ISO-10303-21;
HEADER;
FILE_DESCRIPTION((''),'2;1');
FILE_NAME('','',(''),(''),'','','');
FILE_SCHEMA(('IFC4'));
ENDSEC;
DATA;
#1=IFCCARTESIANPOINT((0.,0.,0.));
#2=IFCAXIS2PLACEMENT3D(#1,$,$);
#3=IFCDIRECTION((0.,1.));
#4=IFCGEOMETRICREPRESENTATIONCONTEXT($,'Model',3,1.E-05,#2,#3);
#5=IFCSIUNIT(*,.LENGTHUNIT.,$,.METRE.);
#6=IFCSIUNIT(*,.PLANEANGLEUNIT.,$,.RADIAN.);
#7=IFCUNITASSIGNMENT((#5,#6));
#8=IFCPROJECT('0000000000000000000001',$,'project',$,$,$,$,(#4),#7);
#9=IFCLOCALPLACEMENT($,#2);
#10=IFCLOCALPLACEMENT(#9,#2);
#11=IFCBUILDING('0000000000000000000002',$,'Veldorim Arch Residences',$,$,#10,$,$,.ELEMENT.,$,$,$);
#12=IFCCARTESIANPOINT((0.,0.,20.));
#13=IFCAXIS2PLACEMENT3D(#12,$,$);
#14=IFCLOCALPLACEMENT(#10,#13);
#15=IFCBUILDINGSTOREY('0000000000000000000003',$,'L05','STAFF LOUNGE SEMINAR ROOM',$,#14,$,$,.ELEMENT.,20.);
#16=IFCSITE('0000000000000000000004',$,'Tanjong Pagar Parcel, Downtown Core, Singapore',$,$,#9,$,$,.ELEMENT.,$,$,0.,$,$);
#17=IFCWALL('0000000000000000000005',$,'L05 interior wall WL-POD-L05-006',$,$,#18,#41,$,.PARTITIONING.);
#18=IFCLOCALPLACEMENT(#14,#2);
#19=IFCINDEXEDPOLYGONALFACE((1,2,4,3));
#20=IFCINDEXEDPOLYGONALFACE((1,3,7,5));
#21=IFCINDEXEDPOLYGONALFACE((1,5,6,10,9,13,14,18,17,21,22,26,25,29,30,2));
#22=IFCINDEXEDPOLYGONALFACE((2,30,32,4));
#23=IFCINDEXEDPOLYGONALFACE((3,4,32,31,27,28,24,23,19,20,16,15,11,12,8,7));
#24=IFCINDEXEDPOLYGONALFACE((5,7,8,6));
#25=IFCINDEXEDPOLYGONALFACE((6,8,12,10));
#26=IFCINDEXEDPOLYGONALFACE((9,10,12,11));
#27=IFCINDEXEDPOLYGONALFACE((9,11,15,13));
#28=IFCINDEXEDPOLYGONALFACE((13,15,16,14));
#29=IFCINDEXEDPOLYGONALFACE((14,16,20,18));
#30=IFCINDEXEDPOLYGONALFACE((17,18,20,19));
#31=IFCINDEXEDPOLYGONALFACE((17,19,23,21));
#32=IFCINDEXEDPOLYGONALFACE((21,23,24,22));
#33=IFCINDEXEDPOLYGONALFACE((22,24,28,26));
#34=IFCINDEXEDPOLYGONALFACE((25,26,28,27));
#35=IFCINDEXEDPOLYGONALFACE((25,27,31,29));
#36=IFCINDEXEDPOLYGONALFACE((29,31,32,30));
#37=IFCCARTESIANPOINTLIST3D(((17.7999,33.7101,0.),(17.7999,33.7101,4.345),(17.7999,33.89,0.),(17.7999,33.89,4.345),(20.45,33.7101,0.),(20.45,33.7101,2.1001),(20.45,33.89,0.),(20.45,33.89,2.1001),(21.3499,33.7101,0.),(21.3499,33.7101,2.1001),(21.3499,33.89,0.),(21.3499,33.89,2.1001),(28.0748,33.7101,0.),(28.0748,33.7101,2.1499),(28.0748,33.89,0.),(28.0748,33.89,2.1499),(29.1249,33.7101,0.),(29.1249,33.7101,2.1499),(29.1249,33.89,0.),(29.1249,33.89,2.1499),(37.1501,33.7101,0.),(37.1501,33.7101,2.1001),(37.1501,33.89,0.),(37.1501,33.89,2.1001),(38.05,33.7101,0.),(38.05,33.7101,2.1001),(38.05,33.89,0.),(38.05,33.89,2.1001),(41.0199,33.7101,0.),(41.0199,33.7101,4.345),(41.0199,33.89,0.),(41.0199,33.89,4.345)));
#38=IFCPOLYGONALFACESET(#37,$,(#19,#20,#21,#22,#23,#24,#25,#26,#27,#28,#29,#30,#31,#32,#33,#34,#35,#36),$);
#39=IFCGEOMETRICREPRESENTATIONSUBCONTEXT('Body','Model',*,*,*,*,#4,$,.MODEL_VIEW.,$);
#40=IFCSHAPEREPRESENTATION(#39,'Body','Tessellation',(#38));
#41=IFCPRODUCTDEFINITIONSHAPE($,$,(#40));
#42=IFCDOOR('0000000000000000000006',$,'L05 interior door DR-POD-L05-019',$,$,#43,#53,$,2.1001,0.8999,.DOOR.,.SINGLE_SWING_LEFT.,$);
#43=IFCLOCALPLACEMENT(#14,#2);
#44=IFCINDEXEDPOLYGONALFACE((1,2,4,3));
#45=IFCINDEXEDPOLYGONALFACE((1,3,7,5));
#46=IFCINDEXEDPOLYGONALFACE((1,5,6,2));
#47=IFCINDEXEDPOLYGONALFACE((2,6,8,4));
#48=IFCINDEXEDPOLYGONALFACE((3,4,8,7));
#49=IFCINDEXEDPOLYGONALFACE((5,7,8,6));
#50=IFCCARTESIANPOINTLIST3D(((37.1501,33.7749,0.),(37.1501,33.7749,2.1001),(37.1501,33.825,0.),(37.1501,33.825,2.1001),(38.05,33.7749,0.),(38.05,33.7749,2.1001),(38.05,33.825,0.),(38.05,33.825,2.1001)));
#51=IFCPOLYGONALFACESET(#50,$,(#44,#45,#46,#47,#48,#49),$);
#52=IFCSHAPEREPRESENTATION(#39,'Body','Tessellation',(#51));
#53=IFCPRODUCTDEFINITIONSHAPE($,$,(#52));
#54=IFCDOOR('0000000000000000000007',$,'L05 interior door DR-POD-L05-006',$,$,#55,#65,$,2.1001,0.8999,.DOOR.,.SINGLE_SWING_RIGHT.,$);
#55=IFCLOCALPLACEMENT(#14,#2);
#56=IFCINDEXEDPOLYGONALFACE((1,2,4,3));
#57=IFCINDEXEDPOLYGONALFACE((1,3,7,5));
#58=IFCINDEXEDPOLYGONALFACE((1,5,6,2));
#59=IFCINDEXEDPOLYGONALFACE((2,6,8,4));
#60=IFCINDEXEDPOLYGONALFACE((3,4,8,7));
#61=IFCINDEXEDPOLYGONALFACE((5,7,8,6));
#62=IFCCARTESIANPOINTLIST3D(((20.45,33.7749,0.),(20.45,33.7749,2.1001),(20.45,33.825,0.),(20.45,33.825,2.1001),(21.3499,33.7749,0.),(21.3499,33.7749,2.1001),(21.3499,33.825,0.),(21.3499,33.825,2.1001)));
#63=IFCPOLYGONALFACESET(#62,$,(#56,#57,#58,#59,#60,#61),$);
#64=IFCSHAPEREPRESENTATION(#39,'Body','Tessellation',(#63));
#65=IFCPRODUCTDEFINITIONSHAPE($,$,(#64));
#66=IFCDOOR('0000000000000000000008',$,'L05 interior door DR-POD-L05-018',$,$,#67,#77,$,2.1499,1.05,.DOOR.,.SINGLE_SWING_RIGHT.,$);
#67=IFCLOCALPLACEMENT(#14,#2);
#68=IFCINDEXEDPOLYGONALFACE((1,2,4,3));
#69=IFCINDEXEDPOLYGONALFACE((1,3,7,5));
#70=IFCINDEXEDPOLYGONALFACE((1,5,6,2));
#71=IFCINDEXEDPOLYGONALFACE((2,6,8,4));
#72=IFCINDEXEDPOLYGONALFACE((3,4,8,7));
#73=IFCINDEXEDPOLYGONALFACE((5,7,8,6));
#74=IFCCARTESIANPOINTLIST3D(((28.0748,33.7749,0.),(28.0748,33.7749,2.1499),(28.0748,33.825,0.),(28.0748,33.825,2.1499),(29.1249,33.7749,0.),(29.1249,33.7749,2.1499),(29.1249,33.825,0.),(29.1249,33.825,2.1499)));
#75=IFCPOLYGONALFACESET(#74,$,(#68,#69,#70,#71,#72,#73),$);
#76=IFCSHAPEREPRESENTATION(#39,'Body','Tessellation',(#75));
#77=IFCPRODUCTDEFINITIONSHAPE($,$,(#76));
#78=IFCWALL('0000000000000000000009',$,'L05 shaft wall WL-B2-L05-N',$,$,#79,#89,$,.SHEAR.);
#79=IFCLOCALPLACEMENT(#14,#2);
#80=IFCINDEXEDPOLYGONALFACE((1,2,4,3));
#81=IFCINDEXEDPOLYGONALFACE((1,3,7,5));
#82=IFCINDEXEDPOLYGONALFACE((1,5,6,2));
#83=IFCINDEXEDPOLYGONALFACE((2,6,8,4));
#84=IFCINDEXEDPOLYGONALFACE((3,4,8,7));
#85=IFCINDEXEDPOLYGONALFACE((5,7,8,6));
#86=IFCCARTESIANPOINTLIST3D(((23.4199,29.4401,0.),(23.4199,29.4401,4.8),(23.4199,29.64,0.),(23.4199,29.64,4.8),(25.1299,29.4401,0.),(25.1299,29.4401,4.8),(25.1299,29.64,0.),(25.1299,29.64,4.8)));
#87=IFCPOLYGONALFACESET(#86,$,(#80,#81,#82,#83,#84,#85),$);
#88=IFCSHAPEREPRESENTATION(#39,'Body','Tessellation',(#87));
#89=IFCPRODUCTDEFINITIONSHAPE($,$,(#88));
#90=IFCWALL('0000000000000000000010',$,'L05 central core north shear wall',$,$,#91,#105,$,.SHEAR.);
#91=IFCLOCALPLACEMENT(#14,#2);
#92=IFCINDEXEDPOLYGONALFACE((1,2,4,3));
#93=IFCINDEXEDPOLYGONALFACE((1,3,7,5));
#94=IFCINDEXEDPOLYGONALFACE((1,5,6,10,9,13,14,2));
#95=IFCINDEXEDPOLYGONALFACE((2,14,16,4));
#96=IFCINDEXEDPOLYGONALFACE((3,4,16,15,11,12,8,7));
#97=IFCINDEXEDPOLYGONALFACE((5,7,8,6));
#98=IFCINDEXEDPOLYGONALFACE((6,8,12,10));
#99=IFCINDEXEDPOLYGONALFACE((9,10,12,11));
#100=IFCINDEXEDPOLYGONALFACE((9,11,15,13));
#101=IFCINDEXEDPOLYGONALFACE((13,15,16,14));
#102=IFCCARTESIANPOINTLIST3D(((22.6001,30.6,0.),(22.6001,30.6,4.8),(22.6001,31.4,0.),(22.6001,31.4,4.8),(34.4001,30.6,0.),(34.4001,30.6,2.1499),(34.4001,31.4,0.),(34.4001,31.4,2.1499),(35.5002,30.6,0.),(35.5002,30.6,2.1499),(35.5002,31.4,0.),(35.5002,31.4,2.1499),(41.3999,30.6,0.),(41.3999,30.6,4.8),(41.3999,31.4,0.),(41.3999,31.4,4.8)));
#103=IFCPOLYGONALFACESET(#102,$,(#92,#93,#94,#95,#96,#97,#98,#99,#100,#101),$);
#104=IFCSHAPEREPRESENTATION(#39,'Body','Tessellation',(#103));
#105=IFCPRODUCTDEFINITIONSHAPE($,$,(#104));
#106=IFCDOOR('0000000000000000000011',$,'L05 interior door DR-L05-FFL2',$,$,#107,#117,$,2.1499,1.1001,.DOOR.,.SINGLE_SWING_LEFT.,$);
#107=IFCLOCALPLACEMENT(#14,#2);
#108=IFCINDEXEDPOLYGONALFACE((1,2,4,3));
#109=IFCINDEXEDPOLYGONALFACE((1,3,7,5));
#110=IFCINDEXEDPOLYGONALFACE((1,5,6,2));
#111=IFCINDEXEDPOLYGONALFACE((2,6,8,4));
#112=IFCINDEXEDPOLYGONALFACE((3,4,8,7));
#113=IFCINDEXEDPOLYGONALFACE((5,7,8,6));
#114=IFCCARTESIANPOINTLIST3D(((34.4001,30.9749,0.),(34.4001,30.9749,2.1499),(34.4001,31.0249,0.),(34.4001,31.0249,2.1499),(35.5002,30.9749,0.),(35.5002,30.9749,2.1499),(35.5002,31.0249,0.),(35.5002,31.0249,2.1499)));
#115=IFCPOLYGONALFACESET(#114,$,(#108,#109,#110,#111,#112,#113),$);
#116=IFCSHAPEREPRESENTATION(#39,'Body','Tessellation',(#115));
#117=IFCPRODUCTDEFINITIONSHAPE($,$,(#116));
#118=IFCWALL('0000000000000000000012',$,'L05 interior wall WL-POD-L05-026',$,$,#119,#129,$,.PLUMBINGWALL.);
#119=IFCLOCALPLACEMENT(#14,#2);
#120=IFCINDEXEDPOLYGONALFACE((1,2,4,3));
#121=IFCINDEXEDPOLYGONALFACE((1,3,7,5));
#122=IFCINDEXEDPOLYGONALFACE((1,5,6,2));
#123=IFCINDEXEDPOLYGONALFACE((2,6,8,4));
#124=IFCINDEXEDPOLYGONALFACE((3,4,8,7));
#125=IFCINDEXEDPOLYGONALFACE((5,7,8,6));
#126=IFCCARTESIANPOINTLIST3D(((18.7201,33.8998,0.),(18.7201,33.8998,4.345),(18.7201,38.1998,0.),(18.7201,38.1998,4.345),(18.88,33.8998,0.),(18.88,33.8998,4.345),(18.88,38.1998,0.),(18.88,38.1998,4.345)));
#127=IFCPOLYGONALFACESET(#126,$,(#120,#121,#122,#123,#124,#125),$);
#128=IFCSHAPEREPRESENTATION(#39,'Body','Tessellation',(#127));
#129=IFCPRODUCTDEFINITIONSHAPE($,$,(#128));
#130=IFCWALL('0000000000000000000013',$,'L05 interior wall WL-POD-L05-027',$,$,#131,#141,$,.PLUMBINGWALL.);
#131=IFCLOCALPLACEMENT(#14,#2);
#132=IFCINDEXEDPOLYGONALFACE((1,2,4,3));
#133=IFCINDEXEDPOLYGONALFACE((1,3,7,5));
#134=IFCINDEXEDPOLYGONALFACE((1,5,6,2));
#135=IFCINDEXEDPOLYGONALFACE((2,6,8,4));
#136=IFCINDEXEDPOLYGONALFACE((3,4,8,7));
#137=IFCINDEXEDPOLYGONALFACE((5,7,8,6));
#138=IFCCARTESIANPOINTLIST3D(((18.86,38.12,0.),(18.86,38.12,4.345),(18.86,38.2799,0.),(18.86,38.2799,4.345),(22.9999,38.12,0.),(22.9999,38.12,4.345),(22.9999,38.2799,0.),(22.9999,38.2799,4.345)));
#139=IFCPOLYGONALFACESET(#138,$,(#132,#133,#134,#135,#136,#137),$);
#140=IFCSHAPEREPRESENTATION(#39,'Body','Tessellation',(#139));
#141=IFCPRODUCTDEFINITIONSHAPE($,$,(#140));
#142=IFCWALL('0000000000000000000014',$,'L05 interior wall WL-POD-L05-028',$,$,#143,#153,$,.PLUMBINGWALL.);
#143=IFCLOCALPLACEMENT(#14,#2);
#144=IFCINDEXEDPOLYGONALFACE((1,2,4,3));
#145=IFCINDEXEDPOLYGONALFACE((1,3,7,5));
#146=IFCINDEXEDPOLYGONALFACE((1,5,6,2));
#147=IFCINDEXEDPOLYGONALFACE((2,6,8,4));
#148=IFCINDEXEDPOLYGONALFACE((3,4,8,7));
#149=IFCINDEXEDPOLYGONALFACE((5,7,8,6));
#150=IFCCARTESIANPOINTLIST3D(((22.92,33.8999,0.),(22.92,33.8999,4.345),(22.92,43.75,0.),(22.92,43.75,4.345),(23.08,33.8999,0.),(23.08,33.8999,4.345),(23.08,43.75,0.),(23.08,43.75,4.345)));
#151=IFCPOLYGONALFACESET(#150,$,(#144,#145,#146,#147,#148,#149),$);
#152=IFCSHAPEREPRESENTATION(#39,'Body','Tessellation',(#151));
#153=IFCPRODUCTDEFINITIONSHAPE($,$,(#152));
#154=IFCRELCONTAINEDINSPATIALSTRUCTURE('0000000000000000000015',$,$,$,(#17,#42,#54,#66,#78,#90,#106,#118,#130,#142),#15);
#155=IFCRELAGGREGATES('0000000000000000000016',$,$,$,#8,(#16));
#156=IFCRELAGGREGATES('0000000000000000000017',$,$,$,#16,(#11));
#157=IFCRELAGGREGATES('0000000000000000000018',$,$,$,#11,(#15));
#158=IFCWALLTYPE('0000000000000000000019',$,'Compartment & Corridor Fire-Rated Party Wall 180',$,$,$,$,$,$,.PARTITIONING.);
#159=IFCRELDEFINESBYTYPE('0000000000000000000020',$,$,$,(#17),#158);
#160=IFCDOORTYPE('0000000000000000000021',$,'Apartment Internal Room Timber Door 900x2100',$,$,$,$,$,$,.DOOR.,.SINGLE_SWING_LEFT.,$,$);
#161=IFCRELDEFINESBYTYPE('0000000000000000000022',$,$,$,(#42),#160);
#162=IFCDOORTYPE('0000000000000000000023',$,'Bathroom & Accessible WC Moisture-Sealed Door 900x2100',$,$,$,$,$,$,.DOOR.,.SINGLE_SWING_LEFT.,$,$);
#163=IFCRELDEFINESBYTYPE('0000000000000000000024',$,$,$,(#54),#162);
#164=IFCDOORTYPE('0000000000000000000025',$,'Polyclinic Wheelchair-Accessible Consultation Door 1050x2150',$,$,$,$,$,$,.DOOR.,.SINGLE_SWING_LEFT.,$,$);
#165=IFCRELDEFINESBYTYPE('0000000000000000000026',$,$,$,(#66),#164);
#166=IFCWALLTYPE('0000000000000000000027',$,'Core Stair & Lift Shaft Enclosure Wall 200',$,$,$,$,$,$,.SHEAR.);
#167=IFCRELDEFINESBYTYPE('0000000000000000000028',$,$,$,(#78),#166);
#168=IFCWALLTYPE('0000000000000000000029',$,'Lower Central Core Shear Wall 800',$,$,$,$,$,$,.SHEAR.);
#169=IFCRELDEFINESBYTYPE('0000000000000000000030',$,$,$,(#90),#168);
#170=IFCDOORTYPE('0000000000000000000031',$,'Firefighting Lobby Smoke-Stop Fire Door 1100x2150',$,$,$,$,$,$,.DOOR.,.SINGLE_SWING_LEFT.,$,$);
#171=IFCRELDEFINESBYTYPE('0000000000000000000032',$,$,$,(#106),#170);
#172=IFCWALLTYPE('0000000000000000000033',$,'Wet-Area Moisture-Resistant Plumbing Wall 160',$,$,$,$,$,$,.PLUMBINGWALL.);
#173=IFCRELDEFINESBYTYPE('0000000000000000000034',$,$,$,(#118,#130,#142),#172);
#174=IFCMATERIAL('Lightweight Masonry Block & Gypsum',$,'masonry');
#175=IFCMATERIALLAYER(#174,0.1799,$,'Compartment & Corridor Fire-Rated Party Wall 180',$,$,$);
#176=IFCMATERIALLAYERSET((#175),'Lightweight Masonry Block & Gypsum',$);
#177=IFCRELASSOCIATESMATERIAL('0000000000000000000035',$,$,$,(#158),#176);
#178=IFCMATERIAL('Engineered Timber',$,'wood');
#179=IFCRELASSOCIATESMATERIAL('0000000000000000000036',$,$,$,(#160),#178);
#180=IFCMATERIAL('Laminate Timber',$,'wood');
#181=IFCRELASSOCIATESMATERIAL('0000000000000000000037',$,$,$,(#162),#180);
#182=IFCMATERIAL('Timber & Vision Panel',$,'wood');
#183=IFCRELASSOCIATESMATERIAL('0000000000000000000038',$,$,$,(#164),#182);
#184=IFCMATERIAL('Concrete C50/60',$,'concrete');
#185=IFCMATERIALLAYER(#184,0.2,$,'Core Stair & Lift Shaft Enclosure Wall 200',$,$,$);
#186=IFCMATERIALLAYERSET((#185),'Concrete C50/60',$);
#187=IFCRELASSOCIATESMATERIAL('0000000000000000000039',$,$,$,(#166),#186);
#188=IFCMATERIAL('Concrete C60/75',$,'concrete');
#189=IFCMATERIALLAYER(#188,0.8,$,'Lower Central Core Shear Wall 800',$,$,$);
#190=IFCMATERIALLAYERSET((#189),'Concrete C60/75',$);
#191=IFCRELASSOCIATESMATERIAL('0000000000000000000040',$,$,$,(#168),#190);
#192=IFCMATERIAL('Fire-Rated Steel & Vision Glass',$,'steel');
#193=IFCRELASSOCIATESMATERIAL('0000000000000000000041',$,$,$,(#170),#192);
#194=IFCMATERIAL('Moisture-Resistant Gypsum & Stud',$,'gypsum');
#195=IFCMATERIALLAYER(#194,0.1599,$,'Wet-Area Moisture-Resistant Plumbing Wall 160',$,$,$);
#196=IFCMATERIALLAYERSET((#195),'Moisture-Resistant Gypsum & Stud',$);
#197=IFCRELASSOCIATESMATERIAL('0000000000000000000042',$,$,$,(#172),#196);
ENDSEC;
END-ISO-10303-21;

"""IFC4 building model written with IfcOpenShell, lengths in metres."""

from ifc_helpers import new_model, si_unit, direction, frame, frame_2d, origin, place, context, subcontext, project, spatial, rectangle, extrude, material, layer, layer_set, type_object, element, fill, save


model = new_model("IFC4")

# Units and contexts
model_context = context("Model", 3, precision=1e-05, world=origin(), true_north=direction((0.0, 1.0)))
body_context = subcontext(model_context, "Body", "Model", "MODEL_VIEW")
ifc_project = project(units=[si_unit("LENGTHUNIT", "METRE"), si_unit("PLANEANGLEUNIT", "RADIAN")], contexts=[model_context])

# Site, building, storey
site_placement = place(None, origin())
site = spatial("IfcSite", under=ifc_project, at=site_placement, Name="Tanjong Pagar Parcel, Downtown Core, Singapore", CompositionType="ELEMENT", RefElevation=0.0)
building_placement = place(site_placement, origin())
building = spatial("IfcBuilding", under=site, at=building_placement, Name="Veldorim Arch Residences", CompositionType="ELEMENT")
storey_placement = place(building_placement, frame((0.0, 0.0, 20.0)))
storey = spatial("IfcBuildingStorey", under=building, at=storey_placement, Name="L05", Description="STAFF LOUNGE SEMINAR ROOM", CompositionType="ELEMENT", Elevation=20.0)

# Wall, openings, doors
ifc_material_1 = material(Name="Lightweight Masonry Block & Gypsum", Category="masonry")
ifc_layer_1 = layer(ifc_material_1, 0.1799, Name="Compartment & Corridor Fire-Rated Party Wall 180")
ifc_layer_set_1 = layer_set([ifc_layer_1], Name="Lightweight Masonry Block & Gypsum")
wall_type_1 = type_object("IfcWallType", Name="Compartment & Corridor Fire-Rated Party Wall 180", PredefinedType="PARTITIONING", material=ifc_layer_set_1)
wall_1_placement = place(storey_placement, frame((17.8, 33.8, 0.0), z_axis=(0.0, 0.0, 1.0), x_axis=(1.0, 0.0, 0.0)))
wall_1 = element("IfcWall", 1, at=wall_1_placement, inside=storey, type_object=wall_type_1, Name="L05 interior wall WL-POD-L05-006", PredefinedType="PARTITIONING", context=body_context, shape_type="SweptSolid", body=[
    extrude(rectangle(XDim=23.22, YDim=0.1799, at=frame_2d((11.6099, 0.0))), origin(), (0.0, 0.0, 1.0), 4.345),
])
opening_1_placement = place(wall_1_placement, frame((2.6499, 0.0, 0.0)))
opening_1 = element("IfcOpeningElement", 2, at=opening_1_placement, cuts=wall_1, PredefinedType="OPENING", context=body_context, shape_type="SweptSolid", body=[
    extrude(rectangle(XDim=0.8999, YDim=2.1001, at=frame_2d((0.45, 1.05))), frame((0.0, 0.0999, 0.0), z_axis=(0.0, -1.0, 0.0), x_axis=(1.0, 0.0, 0.0)), (0.0, 0.0, 1.0), 0.2),
])
opening_2_placement = place(wall_1_placement, frame((10.2749, 0.0, 0.0)))
opening_2 = element("IfcOpeningElement", 3, at=opening_2_placement, cuts=wall_1, PredefinedType="OPENING", context=body_context, shape_type="SweptSolid", body=[
    extrude(rectangle(XDim=1.05, YDim=2.1499, at=frame_2d((0.5249, 1.075))), frame((0.0, 0.0999, 0.0), z_axis=(0.0, -1.0, 0.0), x_axis=(1.0, 0.0, 0.0)), (0.0, 0.0, 1.0), 0.2),
])
opening_3_placement = place(wall_1_placement, frame((19.3501, 0.0, 0.0)))
opening_3 = element("IfcOpeningElement", 4, at=opening_3_placement, cuts=wall_1, PredefinedType="OPENING", context=body_context, shape_type="SweptSolid", body=[
    extrude(rectangle(XDim=0.8999, YDim=2.1001, at=frame_2d((0.45, 1.05))), frame((0.0, 0.0999, 0.0), z_axis=(0.0, -1.0, 0.0), x_axis=(1.0, 0.0, 0.0)), (0.0, 0.0, 1.0), 0.2),
])
ifc_material_2 = material(Name="Engineered Timber", Category="wood")
door_type_1 = type_object("IfcDoorType", Name="Apartment Internal Room Timber Door 900x2100", OperationType="SINGLE_SWING_LEFT", PredefinedType="DOOR", material=ifc_material_2)
door_1_placement = place(opening_3_placement, origin())
door_1 = element("IfcDoor", 5, at=door_1_placement, inside=storey, type_object=door_type_1, Name="L05 interior door DR-POD-L05-019", OperationType="SINGLE_SWING_LEFT", OverallHeight=2.1001, OverallWidth=0.8999, PredefinedType="DOOR", context=body_context, shape_type="SweptSolid", body=[
    extrude(rectangle(XDim=0.8999, YDim=2.1001, at=frame_2d((0.45, 1.05))), frame((0.0, 0.0249, 0.0), z_axis=(0.0, -1.0, 0.0), x_axis=(1.0, 0.0, 0.0)), (0.0, 0.0, 1.0), 0.05),
])
fill(opening_3, door_1)
ifc_material_3 = material(Name="Laminate Timber", Category="wood")
door_type_2 = type_object("IfcDoorType", Name="Bathroom & Accessible WC Moisture-Sealed Door 900x2100", OperationType="SINGLE_SWING_LEFT", PredefinedType="DOOR", material=ifc_material_3)
door_2_placement = place(opening_1_placement, origin())
door_2 = element("IfcDoor", 6, at=door_2_placement, inside=storey, type_object=door_type_2, Name="L05 interior door DR-POD-L05-006", OperationType="SINGLE_SWING_RIGHT", OverallHeight=2.1001, OverallWidth=0.8999, PredefinedType="DOOR", context=body_context, shape_type="SweptSolid", body=[
    extrude(rectangle(XDim=0.8999, YDim=2.1001, at=frame_2d((0.45, 1.05))), frame((0.0, 0.0249, 0.0), z_axis=(0.0, -1.0, 0.0), x_axis=(1.0, 0.0, 0.0)), (0.0, 0.0, 1.0), 0.05),
])
fill(opening_1, door_2)
ifc_material_4 = material(Name="Timber & Vision Panel", Category="wood")
door_type_3 = type_object("IfcDoorType", Name="Polyclinic Wheelchair-Accessible Consultation Door 1050x2150", OperationType="SINGLE_SWING_LEFT", PredefinedType="DOOR", material=ifc_material_4)
door_3_placement = place(opening_2_placement, origin())
door_3 = element("IfcDoor", 7, at=door_3_placement, inside=storey, type_object=door_type_3, Name="L05 interior door DR-POD-L05-018", OperationType="SINGLE_SWING_RIGHT", OverallHeight=2.1499, OverallWidth=1.05, PredefinedType="DOOR", context=body_context, shape_type="SweptSolid", body=[
    extrude(rectangle(XDim=1.05, YDim=2.1499, at=frame_2d((0.5249, 1.075))), frame((0.0, 0.0249, 0.0), z_axis=(0.0, -1.0, 0.0), x_axis=(1.0, 0.0, 0.0)), (0.0, 0.0, 1.0), 0.05),
])
fill(opening_2, door_3)

# Wall
ifc_material_5 = material(Name="Concrete C50/60", Category="concrete")
ifc_layer_2 = layer(ifc_material_5, 0.2, Name="Core Stair & Lift Shaft Enclosure Wall 200")
ifc_layer_set_2 = layer_set([ifc_layer_2], Name="Concrete C50/60")
wall_type_2 = type_object("IfcWallType", Name="Core Stair & Lift Shaft Enclosure Wall 200", PredefinedType="SHEAR", material=ifc_layer_set_2)
wall_2_placement = place(storey_placement, frame((23.4199, 29.54, 0.0), z_axis=(0.0, 0.0, 1.0), x_axis=(1.0, 0.0, 0.0)))
element("IfcWall", 8, at=wall_2_placement, inside=storey, type_object=wall_type_2, Name="L05 shaft wall WL-B2-L05-N", PredefinedType="SHEAR", context=body_context, shape_type="SweptSolid", body=[
    extrude(rectangle(XDim=1.71, YDim=0.2, at=frame_2d((0.855, 0.0))), origin(), (0.0, 0.0, 1.0), 4.8),
])

# Wall, opening, door
ifc_material_6 = material(Name="Concrete C60/75", Category="concrete")
ifc_layer_3 = layer(ifc_material_6, 0.8, Name="Lower Central Core Shear Wall 800")
ifc_layer_set_3 = layer_set([ifc_layer_3], Name="Concrete C60/75")
wall_type_3 = type_object("IfcWallType", Name="Lower Central Core Shear Wall 800", PredefinedType="SHEAR", material=ifc_layer_set_3)
wall_3_placement = place(storey_placement, frame((22.6001, 31.0, 0.0), z_axis=(0.0, 0.0, 1.0), x_axis=(1.0, 0.0, 0.0)))
wall_3 = element("IfcWall", 9, at=wall_3_placement, inside=storey, type_object=wall_type_3, Name="L05 central core north shear wall", PredefinedType="SHEAR", context=body_context, shape_type="SweptSolid", body=[
    extrude(rectangle(XDim=18.7998, YDim=0.8, at=frame_2d((9.3999, 0.0))), origin(), (0.0, 0.0, 1.0), 4.8),
])
opening_4_placement = place(wall_3_placement, frame((11.8, 0.0, 0.0)))
opening_4 = element("IfcOpeningElement", 10, at=opening_4_placement, cuts=wall_3, PredefinedType="OPENING", context=body_context, shape_type="SweptSolid", body=[
    extrude(rectangle(XDim=1.1001, YDim=2.1499, at=frame_2d((0.55, 1.075))), frame((0.0, 0.4099, 0.0), z_axis=(0.0, -1.0, 0.0), x_axis=(1.0, 0.0, 0.0)), (0.0, 0.0, 1.0), 0.8201),
])
ifc_material_7 = material(Name="Fire-Rated Steel & Vision Glass", Category="steel")
door_type_4 = type_object("IfcDoorType", Name="Firefighting Lobby Smoke-Stop Fire Door 1100x2150", OperationType="SINGLE_SWING_LEFT", PredefinedType="DOOR", material=ifc_material_7)
door_4_placement = place(opening_4_placement, origin())
door_4 = element("IfcDoor", 11, at=door_4_placement, inside=storey, type_object=door_type_4, Name="L05 interior door DR-L05-FFL2", OperationType="SINGLE_SWING_LEFT", OverallHeight=2.1499, OverallWidth=1.1001, PredefinedType="DOOR", context=body_context, shape_type="SweptSolid", body=[
    extrude(rectangle(XDim=1.1001, YDim=2.1499, at=frame_2d((0.55, 1.075))), frame((0.0, 0.0249, 0.0), z_axis=(0.0, -1.0, 0.0), x_axis=(1.0, 0.0, 0.0)), (0.0, 0.0, 1.0), 0.05),
])
fill(opening_4, door_4)

# Walls
ifc_material_8 = material(Name="Moisture-Resistant Gypsum & Stud", Category="gypsum")
ifc_layer_4 = layer(ifc_material_8, 0.1599, Name="Wet-Area Moisture-Resistant Plumbing Wall 160")
ifc_layer_set_4 = layer_set([ifc_layer_4], Name="Moisture-Resistant Gypsum & Stud")
wall_type_4 = type_object("IfcWallType", Name="Wet-Area Moisture-Resistant Plumbing Wall 160", PredefinedType="PLUMBINGWALL", material=ifc_layer_set_4)
wall_4_placement = place(storey_placement, frame((18.8, 33.8999, 0.0), z_axis=(0.0, 0.0, 1.0), x_axis=(0.0, 1.0, 0.0)))
element("IfcWall", 12, at=wall_4_placement, inside=storey, type_object=wall_type_4, Name="L05 interior wall WL-POD-L05-026", PredefinedType="PLUMBINGWALL", context=body_context, shape_type="SweptSolid", body=[
    extrude(rectangle(XDim=4.3, YDim=0.1599, at=frame_2d((2.1499, 0.0))), origin(), (0.0, 0.0, 1.0), 4.345),
])
wall_5_placement = place(storey_placement, frame((18.8601, 38.2, 0.0), z_axis=(0.0, 0.0, 1.0), x_axis=(1.0, 0.0, 0.0)))
element("IfcWall", 13, at=wall_5_placement, inside=storey, type_object=wall_type_4, Name="L05 interior wall WL-POD-L05-027", PredefinedType="PLUMBINGWALL", context=body_context, shape_type="SweptSolid", body=[
    extrude(rectangle(XDim=4.1399, YDim=0.1599, at=frame_2d((2.0698, 0.0))), origin(), (0.0, 0.0, 1.0), 4.345),
])
wall_6_placement = place(storey_placement, frame((23.0, 43.75, 0.0), z_axis=(0.0, 0.0, 1.0), x_axis=(0.0, -1.0, 0.0)))
element("IfcWall", 14, at=wall_6_placement, inside=storey, type_object=wall_type_4, Name="L05 interior wall WL-POD-L05-028", PredefinedType="PLUMBINGWALL", context=body_context, shape_type="SweptSolid", body=[
    extrude(rectangle(XDim=9.8501, YDim=0.1599, at=frame_2d((4.925, 0.0))), origin(), (0.0, 0.0, 1.0), 4.345),
])

save(model, "model.ifc")
